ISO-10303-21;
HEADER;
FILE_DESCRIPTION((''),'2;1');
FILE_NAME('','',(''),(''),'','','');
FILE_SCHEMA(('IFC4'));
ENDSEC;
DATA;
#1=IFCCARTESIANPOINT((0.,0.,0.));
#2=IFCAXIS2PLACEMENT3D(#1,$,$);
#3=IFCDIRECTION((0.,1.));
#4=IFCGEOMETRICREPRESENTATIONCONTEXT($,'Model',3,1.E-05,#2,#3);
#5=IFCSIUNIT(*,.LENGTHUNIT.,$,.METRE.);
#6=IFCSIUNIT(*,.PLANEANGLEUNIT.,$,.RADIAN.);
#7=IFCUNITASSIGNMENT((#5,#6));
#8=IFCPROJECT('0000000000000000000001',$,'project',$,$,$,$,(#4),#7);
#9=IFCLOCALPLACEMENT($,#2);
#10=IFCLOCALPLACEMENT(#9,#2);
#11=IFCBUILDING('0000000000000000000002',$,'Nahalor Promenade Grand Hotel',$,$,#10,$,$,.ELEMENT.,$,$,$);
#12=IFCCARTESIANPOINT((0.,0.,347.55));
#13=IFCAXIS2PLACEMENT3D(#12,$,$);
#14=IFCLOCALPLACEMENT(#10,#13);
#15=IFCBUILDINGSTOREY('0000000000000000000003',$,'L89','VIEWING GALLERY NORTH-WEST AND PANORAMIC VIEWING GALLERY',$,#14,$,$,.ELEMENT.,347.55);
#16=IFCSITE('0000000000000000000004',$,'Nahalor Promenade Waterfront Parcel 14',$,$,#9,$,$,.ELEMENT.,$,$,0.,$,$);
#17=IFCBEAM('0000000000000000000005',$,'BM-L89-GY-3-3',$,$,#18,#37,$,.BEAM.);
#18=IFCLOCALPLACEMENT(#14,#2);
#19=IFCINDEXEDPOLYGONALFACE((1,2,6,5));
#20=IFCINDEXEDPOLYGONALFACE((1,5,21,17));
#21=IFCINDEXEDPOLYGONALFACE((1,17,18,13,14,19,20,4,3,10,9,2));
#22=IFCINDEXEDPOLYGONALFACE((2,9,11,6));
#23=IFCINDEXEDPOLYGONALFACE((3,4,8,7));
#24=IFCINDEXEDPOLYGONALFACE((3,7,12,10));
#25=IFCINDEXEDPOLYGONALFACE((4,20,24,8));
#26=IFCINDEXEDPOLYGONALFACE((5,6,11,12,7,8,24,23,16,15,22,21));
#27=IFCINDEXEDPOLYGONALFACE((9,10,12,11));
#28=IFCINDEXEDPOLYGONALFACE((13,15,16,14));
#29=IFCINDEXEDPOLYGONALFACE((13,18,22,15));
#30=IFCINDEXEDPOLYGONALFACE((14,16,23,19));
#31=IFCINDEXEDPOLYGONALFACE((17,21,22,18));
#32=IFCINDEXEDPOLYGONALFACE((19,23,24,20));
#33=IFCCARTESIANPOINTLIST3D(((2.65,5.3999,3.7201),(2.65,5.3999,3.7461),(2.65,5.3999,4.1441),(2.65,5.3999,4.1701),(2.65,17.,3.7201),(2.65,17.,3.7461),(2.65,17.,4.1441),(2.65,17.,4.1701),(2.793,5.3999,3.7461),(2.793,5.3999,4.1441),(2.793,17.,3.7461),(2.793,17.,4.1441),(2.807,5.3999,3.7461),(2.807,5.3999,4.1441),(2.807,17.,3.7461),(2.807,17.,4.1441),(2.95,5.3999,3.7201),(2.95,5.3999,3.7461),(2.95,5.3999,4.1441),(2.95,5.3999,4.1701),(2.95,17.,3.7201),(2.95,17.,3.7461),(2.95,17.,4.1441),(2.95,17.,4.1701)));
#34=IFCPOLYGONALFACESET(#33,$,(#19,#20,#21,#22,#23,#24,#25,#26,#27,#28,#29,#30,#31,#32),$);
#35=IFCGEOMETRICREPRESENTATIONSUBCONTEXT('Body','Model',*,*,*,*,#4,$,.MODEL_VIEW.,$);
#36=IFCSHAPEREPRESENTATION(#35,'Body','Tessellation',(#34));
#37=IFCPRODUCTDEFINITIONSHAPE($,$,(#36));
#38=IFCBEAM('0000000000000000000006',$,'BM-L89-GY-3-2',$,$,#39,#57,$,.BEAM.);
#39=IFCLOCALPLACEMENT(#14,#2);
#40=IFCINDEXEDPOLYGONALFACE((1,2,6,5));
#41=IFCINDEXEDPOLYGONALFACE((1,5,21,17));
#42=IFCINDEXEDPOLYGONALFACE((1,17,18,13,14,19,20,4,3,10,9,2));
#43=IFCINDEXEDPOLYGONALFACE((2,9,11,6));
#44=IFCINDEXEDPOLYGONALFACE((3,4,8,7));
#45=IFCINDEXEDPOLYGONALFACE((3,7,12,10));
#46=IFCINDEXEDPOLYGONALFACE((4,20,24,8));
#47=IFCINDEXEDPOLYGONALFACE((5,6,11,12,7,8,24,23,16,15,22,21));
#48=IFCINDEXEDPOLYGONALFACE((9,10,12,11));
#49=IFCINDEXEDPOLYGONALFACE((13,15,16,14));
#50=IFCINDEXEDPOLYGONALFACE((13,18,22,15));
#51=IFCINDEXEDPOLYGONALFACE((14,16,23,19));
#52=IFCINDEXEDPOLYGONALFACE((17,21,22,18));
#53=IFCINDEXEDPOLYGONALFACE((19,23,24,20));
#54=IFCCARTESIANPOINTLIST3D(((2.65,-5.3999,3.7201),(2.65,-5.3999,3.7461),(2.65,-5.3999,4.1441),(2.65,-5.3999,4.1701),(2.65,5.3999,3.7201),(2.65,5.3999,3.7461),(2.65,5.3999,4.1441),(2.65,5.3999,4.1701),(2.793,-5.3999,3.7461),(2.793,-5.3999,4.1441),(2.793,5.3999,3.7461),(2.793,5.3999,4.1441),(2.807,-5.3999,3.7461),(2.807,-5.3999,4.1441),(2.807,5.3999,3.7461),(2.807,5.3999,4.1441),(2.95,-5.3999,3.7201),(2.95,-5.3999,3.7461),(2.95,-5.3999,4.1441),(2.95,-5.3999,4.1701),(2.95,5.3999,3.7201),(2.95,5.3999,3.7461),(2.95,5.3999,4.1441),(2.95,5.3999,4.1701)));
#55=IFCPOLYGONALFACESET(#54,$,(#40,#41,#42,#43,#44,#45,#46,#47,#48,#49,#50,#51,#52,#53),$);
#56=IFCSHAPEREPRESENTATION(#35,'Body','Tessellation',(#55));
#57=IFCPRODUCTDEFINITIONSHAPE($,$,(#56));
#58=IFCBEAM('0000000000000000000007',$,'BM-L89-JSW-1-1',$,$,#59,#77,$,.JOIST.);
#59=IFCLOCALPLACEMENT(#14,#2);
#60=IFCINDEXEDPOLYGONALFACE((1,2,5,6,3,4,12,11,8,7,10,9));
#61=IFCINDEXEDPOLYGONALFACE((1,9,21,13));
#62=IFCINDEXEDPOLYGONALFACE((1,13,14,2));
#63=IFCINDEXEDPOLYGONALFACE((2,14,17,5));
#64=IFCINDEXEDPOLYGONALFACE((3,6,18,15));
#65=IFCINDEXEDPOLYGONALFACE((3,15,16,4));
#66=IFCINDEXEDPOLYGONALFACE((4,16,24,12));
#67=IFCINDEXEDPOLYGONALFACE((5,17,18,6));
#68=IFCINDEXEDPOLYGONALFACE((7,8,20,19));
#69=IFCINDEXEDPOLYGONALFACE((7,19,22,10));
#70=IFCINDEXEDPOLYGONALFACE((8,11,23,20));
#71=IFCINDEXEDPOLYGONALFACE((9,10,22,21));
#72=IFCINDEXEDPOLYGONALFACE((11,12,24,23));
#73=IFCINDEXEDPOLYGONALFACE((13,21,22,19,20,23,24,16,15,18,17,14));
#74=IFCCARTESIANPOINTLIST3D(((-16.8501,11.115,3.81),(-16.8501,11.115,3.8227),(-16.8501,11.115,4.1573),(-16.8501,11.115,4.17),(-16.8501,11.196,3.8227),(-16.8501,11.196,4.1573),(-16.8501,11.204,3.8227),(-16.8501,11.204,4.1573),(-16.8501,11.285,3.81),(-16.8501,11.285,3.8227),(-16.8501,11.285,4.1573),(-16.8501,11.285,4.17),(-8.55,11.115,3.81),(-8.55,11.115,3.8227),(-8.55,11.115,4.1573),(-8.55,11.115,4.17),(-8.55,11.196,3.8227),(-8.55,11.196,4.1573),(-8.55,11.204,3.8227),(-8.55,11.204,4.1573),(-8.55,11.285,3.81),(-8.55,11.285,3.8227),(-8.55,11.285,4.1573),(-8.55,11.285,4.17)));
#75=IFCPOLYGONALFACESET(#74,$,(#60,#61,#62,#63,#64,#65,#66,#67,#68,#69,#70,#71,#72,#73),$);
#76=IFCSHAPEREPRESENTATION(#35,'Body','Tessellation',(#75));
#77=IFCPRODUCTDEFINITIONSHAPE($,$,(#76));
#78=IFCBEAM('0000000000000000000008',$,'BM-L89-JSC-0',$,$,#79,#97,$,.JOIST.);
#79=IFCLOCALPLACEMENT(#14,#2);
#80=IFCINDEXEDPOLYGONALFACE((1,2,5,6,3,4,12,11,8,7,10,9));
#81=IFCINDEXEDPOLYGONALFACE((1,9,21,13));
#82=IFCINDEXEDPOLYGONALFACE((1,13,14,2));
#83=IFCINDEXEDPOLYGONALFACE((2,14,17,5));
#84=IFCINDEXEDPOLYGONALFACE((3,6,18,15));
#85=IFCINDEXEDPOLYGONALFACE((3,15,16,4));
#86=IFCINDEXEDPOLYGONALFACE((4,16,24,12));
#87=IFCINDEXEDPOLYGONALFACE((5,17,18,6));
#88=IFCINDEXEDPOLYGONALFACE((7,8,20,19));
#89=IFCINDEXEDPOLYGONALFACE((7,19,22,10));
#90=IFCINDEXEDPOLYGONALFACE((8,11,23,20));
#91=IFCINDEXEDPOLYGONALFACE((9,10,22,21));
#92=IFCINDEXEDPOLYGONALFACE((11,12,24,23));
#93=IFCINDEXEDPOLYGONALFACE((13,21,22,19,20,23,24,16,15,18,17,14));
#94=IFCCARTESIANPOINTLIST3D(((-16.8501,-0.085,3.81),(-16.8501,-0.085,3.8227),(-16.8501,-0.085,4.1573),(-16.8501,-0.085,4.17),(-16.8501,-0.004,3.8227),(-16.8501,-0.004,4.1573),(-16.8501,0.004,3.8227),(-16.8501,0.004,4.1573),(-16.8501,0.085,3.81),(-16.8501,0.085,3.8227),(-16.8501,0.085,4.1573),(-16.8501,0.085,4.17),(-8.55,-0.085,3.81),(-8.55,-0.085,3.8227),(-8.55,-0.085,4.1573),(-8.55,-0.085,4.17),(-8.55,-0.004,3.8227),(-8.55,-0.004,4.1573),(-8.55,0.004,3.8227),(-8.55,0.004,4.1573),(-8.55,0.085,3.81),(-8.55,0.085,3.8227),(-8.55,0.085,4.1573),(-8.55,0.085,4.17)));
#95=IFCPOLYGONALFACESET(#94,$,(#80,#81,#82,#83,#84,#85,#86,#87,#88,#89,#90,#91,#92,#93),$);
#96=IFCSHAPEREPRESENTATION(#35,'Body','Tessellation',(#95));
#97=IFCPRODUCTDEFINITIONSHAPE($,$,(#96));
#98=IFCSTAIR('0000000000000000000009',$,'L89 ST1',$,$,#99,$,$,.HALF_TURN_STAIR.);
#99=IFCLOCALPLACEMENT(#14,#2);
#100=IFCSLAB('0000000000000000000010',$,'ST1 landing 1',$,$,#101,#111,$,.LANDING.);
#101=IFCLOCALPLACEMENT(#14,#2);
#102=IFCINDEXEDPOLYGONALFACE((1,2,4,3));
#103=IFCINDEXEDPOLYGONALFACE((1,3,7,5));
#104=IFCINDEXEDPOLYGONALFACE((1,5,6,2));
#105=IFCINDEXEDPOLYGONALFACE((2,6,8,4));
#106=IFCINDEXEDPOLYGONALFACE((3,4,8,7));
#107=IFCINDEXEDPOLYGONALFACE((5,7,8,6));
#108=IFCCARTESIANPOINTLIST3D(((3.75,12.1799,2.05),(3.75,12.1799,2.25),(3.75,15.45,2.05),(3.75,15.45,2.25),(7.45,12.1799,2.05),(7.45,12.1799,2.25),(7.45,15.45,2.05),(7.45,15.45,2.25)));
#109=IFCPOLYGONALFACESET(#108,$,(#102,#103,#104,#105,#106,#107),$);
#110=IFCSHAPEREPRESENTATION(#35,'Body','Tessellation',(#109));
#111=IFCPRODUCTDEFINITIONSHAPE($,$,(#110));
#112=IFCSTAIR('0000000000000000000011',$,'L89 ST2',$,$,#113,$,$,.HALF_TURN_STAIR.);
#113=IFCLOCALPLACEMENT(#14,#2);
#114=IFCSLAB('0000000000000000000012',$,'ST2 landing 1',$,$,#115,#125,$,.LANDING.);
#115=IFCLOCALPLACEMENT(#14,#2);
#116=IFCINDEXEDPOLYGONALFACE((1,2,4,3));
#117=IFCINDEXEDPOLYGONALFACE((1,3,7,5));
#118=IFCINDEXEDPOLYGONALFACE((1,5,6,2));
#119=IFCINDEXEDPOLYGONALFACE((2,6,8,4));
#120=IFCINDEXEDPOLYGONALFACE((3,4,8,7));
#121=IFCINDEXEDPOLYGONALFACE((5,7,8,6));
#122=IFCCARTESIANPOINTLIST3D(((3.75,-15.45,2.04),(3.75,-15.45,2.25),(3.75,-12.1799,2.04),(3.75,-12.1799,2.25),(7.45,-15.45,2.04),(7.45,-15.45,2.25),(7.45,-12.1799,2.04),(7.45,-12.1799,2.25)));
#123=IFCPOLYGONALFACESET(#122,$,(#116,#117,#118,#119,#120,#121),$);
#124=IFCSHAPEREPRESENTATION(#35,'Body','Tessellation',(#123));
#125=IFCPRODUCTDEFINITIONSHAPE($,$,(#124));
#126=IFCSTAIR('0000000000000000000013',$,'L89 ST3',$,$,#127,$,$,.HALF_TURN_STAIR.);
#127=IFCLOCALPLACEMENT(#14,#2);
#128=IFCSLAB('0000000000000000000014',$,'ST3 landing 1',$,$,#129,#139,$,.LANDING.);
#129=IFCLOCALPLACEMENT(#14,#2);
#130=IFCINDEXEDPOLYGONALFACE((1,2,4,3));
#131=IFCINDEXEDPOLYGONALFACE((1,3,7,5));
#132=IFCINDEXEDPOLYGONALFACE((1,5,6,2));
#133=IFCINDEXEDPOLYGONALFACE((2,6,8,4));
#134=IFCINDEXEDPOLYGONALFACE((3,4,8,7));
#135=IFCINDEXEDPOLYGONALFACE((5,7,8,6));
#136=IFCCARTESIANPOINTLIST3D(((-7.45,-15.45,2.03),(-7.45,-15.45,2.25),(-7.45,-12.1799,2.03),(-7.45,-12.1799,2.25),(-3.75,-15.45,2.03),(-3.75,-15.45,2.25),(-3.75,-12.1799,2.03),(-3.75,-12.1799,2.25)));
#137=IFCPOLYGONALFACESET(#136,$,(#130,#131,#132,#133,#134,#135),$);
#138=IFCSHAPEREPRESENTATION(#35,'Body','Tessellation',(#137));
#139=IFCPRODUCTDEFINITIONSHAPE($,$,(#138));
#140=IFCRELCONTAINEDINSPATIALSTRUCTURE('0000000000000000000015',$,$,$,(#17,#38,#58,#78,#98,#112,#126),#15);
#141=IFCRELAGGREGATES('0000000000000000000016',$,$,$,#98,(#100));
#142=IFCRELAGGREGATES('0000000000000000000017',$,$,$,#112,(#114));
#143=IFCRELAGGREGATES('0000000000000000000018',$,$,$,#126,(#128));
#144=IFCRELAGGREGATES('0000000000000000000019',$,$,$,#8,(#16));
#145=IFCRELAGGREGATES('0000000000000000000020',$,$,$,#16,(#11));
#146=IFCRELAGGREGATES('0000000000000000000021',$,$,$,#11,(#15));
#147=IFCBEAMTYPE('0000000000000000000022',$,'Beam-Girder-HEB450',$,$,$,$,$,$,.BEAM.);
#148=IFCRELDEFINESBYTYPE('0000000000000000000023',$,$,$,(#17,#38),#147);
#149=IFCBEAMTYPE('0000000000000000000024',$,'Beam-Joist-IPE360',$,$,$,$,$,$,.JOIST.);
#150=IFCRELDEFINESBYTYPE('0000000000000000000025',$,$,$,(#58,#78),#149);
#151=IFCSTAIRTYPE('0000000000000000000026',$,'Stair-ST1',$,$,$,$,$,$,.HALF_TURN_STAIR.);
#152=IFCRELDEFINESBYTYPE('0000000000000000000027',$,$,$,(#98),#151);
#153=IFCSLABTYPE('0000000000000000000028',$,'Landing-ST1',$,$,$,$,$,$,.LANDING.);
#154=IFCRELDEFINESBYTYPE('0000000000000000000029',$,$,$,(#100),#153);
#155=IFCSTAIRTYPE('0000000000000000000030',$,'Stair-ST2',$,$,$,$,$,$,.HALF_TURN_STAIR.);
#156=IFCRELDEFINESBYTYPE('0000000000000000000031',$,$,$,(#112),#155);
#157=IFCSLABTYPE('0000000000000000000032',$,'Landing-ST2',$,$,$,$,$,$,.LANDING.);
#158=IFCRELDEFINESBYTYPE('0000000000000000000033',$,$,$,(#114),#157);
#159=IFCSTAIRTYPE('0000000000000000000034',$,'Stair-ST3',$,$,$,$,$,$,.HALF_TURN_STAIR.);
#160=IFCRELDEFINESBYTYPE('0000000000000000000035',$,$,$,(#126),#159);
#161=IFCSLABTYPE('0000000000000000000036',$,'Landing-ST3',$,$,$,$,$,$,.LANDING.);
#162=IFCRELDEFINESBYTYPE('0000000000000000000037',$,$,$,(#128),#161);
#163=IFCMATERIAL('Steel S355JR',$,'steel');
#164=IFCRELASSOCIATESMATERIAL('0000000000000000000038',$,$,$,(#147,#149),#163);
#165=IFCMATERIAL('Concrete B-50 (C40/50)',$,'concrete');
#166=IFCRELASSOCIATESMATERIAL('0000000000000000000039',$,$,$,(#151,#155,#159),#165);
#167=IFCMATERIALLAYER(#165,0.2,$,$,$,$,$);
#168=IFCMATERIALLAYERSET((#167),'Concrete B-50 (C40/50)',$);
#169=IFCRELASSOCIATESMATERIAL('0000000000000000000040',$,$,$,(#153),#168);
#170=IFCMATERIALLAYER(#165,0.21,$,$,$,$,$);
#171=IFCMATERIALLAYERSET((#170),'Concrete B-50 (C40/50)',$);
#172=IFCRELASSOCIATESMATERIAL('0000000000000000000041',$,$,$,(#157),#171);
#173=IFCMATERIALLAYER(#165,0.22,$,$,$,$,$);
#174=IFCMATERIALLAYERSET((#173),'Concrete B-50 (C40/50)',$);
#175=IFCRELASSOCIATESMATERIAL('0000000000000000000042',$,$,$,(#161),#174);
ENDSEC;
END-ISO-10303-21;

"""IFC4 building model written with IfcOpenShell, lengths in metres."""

from ifc_helpers import new_model, si_unit, direction, frame, origin, origin_2d, place, context, subcontext, project, spatial, polyline, i_section, outline, extrude, source, transform, mapped, material, layer, layer_set, material_profile, profile_set, type_object, element, aggregate, save


model = new_model("IFC4")

# Units and contexts
model_context = context("Model", 3, precision=1e-05, world=origin(), true_north=direction((0.0, 1.0)))
body_context = subcontext(model_context, "Body", "Model", "MODEL_VIEW")
ifc_project = project(units=[si_unit("LENGTHUNIT", "METRE"), si_unit("PLANEANGLEUNIT", "RADIAN")], contexts=[model_context])

# Site, building, storey
site_placement = place(None, origin())
site = spatial("IfcSite", under=ifc_project, at=site_placement, Name="Nahalor Promenade Waterfront Parcel 14", CompositionType="ELEMENT", RefElevation=0.0)
building_placement = place(site_placement, origin())
building = spatial("IfcBuilding", under=site, at=building_placement, Name="Nahalor Promenade Grand Hotel", CompositionType="ELEMENT")
storey_placement = place(building_placement, frame((0.0, 0.0, 347.55)))
storey = spatial("IfcBuildingStorey", under=building, at=storey_placement, Name="L89", Description="VIEWING GALLERY NORTH-WEST AND PANORAMIC VIEWING GALLERY", CompositionType="ELEMENT", Elevation=347.55)

# Shared definitions
ifc_material_1 = material(Name="Concrete B-50 (C40/50)", Category="concrete")

# Beams
ifc_material_2 = material(Name="Steel S355JR", Category="steel")
ifc_material_profile_1 = material_profile(ifc_material_2, i_section(OverallWidth=0.3, OverallDepth=0.45, WebThickness=0.014, FlangeThickness=0.026, at=origin_2d()), Name="HEB 450")
ifc_profile_set_1 = profile_set([ifc_material_profile_1], Name="Steel S355JR")
beam_type_1 = type_object("IfcBeamType", Name="Beam-Girder-HEB450", PredefinedType="BEAM", material=ifc_profile_set_1)
shared_shape_1 = source(origin(), body_context, "Body", "SweptSolid", [
    extrude(i_section(OverallWidth=0.3, OverallDepth=0.45, WebThickness=0.014, FlangeThickness=0.026, at=origin_2d()), origin(), (0.0, 0.0, 1.0), 11.6001),
])
for number, where, z_axis, x_axis, name in (
    (1, (2.8, 5.3999, 3.9451), (0.0, 1.0, 0.0), (-1.0, 0.0, 0.0), "BM-L89-GY-3-3"),
):
    element("IfcBeam", number, at=place(storey_placement, frame(where, z_axis=z_axis, x_axis=x_axis)), inside=storey, type_object=beam_type_1, Name=name, PredefinedType="BEAM", context=body_context, shape_type="MappedRepresentation", body=[
        mapped(shared_shape_1, transform((0.0, 0.0, 0.0), scale=1.0)),
    ])
shared_shape_2 = source(origin(), body_context, "Body", "SweptSolid", [
    extrude(i_section(OverallWidth=0.3, OverallDepth=0.45, WebThickness=0.014, FlangeThickness=0.026, at=origin_2d()), origin(), (0.0, 0.0, 1.0), 10.7998),
])
beam_1_placement = place(storey_placement, frame((2.8, -5.3999, 3.9451), z_axis=(0.0, 1.0, 0.0), x_axis=(-1.0, 0.0, 0.0)))
element("IfcBeam", 2, at=beam_1_placement, inside=storey, type_object=beam_type_1, Name="BM-L89-GY-3-2", PredefinedType="BEAM", context=body_context, shape_type="MappedRepresentation", body=[
    mapped(shared_shape_2, transform((0.0, 0.0, 0.0), scale=1.0)),
])
ifc_material_profile_2 = material_profile(ifc_material_2, i_section(OverallWidth=0.17, OverallDepth=0.36, WebThickness=0.008, FlangeThickness=0.0127, at=origin_2d()), Name="IPE 360")
ifc_profile_set_2 = profile_set([ifc_material_profile_2], Name="Steel S355JR")
beam_type_2 = type_object("IfcBeamType", Name="Beam-Joist-IPE360", PredefinedType="JOIST", material=ifc_profile_set_2)
shared_shape_3 = source(origin(), body_context, "Body", "SweptSolid", [
    extrude(i_section(OverallWidth=0.17, OverallDepth=0.36, WebThickness=0.008, FlangeThickness=0.0127, at=origin_2d()), origin(), (0.0, 0.0, 1.0), 8.3),
])
for number, where, z_axis, x_axis, name in (
    (3, (-16.8501, 11.2, 3.99), (1.0, 0.0, 0.0), (0.0, 1.0, 0.0), "BM-L89-JSW-1-1"),
    (4, (-16.8501, 0.0, 3.99), (1.0, 0.0, 0.0), (0.0, 1.0, 0.0), "BM-L89-JSC-0"),
):
    element("IfcBeam", number, at=place(storey_placement, frame(where, z_axis=z_axis, x_axis=x_axis)), inside=storey, type_object=beam_type_2, Name=name, PredefinedType="JOIST", context=body_context, shape_type="MappedRepresentation", body=[
        mapped(shared_shape_3, transform((0.0, 0.0, 0.0), scale=1.0)),
    ])

# Stairs, slabs
stair_type_1 = type_object("IfcStairType", Name="Stair-ST1", PredefinedType="HALF_TURN_STAIR", material=ifc_material_1)
stair_1_placement = place(storey_placement, origin())
stair_1 = element("IfcStair", 5, at=stair_1_placement, inside=storey, type_object=stair_type_1, Name="L89 ST1", PredefinedType="HALF_TURN_STAIR")
ifc_layer_1 = layer(ifc_material_1, 0.2)
ifc_layer_set_1 = layer_set([ifc_layer_1], Name="Concrete B-50 (C40/50)")
slab_type_1 = type_object("IfcSlabType", Name="Landing-ST1", PredefinedType="LANDING", material=ifc_layer_set_1)
slab_1_placement = place(storey_placement, frame((0.0, 0.0, 2.05)))
slab_1 = element("IfcSlab", 6, at=slab_1_placement, type_object=slab_type_1, Name="ST1 landing 1", PredefinedType="LANDING", context=body_context, shape_type="SweptSolid", body=[
    extrude(outline(polyline([(7.45, 12.1799), (7.45, 15.45), (3.75, 15.45), (3.75, 12.1799), (7.45, 12.1799)])), origin(), (0.0, 0.0, 1.0), 0.2),
])
aggregate(stair_1, [slab_1])
stair_type_2 = type_object("IfcStairType", Name="Stair-ST2", PredefinedType="HALF_TURN_STAIR", material=ifc_material_1)
stair_2_placement = place(storey_placement, origin())
stair_2 = element("IfcStair", 7, at=stair_2_placement, inside=storey, type_object=stair_type_2, Name="L89 ST2", PredefinedType="HALF_TURN_STAIR")
ifc_layer_2 = layer(ifc_material_1, 0.21)
ifc_layer_set_2 = layer_set([ifc_layer_2], Name="Concrete B-50 (C40/50)")
slab_type_2 = type_object("IfcSlabType", Name="Landing-ST2", PredefinedType="LANDING", material=ifc_layer_set_2)
slab_2_placement = place(storey_placement, frame((0.0, 0.0, 2.04)))
slab_2 = element("IfcSlab", 8, at=slab_2_placement, type_object=slab_type_2, Name="ST2 landing 1", PredefinedType="LANDING", context=body_context, shape_type="SweptSolid", body=[
    extrude(outline(polyline([(3.75, -12.1799), (3.75, -15.45), (7.45, -15.45), (7.45, -12.1799), (3.75, -12.1799)])), origin(), (0.0, 0.0, 1.0), 0.21),
])
aggregate(stair_2, [slab_2])
stair_type_3 = type_object("IfcStairType", Name="Stair-ST3", PredefinedType="HALF_TURN_STAIR", material=ifc_material_1)
stair_3_placement = place(storey_placement, origin())
stair_3 = element("IfcStair", 9, at=stair_3_placement, inside=storey, type_object=stair_type_3, Name="L89 ST3", PredefinedType="HALF_TURN_STAIR")
ifc_layer_3 = layer(ifc_material_1, 0.22)
ifc_layer_set_3 = layer_set([ifc_layer_3], Name="Concrete B-50 (C40/50)")
slab_type_3 = type_object("IfcSlabType", Name="Landing-ST3", PredefinedType="LANDING", material=ifc_layer_set_3)
slab_3_placement = place(storey_placement, frame((0.0, 0.0, 2.03)))
slab_3 = element("IfcSlab", 10, at=slab_3_placement, type_object=slab_type_3, Name="ST3 landing 1", PredefinedType="LANDING", context=body_context, shape_type="SweptSolid", body=[
    extrude(outline(polyline([(-7.45, -12.1799), (-7.45, -15.45), (-3.75, -15.45), (-3.75, -12.1799), (-7.45, -12.1799)])), origin(), (0.0, 0.0, 1.0), 0.22),
])
aggregate(stair_3, [slab_3])

save(model, "model.ifc")
